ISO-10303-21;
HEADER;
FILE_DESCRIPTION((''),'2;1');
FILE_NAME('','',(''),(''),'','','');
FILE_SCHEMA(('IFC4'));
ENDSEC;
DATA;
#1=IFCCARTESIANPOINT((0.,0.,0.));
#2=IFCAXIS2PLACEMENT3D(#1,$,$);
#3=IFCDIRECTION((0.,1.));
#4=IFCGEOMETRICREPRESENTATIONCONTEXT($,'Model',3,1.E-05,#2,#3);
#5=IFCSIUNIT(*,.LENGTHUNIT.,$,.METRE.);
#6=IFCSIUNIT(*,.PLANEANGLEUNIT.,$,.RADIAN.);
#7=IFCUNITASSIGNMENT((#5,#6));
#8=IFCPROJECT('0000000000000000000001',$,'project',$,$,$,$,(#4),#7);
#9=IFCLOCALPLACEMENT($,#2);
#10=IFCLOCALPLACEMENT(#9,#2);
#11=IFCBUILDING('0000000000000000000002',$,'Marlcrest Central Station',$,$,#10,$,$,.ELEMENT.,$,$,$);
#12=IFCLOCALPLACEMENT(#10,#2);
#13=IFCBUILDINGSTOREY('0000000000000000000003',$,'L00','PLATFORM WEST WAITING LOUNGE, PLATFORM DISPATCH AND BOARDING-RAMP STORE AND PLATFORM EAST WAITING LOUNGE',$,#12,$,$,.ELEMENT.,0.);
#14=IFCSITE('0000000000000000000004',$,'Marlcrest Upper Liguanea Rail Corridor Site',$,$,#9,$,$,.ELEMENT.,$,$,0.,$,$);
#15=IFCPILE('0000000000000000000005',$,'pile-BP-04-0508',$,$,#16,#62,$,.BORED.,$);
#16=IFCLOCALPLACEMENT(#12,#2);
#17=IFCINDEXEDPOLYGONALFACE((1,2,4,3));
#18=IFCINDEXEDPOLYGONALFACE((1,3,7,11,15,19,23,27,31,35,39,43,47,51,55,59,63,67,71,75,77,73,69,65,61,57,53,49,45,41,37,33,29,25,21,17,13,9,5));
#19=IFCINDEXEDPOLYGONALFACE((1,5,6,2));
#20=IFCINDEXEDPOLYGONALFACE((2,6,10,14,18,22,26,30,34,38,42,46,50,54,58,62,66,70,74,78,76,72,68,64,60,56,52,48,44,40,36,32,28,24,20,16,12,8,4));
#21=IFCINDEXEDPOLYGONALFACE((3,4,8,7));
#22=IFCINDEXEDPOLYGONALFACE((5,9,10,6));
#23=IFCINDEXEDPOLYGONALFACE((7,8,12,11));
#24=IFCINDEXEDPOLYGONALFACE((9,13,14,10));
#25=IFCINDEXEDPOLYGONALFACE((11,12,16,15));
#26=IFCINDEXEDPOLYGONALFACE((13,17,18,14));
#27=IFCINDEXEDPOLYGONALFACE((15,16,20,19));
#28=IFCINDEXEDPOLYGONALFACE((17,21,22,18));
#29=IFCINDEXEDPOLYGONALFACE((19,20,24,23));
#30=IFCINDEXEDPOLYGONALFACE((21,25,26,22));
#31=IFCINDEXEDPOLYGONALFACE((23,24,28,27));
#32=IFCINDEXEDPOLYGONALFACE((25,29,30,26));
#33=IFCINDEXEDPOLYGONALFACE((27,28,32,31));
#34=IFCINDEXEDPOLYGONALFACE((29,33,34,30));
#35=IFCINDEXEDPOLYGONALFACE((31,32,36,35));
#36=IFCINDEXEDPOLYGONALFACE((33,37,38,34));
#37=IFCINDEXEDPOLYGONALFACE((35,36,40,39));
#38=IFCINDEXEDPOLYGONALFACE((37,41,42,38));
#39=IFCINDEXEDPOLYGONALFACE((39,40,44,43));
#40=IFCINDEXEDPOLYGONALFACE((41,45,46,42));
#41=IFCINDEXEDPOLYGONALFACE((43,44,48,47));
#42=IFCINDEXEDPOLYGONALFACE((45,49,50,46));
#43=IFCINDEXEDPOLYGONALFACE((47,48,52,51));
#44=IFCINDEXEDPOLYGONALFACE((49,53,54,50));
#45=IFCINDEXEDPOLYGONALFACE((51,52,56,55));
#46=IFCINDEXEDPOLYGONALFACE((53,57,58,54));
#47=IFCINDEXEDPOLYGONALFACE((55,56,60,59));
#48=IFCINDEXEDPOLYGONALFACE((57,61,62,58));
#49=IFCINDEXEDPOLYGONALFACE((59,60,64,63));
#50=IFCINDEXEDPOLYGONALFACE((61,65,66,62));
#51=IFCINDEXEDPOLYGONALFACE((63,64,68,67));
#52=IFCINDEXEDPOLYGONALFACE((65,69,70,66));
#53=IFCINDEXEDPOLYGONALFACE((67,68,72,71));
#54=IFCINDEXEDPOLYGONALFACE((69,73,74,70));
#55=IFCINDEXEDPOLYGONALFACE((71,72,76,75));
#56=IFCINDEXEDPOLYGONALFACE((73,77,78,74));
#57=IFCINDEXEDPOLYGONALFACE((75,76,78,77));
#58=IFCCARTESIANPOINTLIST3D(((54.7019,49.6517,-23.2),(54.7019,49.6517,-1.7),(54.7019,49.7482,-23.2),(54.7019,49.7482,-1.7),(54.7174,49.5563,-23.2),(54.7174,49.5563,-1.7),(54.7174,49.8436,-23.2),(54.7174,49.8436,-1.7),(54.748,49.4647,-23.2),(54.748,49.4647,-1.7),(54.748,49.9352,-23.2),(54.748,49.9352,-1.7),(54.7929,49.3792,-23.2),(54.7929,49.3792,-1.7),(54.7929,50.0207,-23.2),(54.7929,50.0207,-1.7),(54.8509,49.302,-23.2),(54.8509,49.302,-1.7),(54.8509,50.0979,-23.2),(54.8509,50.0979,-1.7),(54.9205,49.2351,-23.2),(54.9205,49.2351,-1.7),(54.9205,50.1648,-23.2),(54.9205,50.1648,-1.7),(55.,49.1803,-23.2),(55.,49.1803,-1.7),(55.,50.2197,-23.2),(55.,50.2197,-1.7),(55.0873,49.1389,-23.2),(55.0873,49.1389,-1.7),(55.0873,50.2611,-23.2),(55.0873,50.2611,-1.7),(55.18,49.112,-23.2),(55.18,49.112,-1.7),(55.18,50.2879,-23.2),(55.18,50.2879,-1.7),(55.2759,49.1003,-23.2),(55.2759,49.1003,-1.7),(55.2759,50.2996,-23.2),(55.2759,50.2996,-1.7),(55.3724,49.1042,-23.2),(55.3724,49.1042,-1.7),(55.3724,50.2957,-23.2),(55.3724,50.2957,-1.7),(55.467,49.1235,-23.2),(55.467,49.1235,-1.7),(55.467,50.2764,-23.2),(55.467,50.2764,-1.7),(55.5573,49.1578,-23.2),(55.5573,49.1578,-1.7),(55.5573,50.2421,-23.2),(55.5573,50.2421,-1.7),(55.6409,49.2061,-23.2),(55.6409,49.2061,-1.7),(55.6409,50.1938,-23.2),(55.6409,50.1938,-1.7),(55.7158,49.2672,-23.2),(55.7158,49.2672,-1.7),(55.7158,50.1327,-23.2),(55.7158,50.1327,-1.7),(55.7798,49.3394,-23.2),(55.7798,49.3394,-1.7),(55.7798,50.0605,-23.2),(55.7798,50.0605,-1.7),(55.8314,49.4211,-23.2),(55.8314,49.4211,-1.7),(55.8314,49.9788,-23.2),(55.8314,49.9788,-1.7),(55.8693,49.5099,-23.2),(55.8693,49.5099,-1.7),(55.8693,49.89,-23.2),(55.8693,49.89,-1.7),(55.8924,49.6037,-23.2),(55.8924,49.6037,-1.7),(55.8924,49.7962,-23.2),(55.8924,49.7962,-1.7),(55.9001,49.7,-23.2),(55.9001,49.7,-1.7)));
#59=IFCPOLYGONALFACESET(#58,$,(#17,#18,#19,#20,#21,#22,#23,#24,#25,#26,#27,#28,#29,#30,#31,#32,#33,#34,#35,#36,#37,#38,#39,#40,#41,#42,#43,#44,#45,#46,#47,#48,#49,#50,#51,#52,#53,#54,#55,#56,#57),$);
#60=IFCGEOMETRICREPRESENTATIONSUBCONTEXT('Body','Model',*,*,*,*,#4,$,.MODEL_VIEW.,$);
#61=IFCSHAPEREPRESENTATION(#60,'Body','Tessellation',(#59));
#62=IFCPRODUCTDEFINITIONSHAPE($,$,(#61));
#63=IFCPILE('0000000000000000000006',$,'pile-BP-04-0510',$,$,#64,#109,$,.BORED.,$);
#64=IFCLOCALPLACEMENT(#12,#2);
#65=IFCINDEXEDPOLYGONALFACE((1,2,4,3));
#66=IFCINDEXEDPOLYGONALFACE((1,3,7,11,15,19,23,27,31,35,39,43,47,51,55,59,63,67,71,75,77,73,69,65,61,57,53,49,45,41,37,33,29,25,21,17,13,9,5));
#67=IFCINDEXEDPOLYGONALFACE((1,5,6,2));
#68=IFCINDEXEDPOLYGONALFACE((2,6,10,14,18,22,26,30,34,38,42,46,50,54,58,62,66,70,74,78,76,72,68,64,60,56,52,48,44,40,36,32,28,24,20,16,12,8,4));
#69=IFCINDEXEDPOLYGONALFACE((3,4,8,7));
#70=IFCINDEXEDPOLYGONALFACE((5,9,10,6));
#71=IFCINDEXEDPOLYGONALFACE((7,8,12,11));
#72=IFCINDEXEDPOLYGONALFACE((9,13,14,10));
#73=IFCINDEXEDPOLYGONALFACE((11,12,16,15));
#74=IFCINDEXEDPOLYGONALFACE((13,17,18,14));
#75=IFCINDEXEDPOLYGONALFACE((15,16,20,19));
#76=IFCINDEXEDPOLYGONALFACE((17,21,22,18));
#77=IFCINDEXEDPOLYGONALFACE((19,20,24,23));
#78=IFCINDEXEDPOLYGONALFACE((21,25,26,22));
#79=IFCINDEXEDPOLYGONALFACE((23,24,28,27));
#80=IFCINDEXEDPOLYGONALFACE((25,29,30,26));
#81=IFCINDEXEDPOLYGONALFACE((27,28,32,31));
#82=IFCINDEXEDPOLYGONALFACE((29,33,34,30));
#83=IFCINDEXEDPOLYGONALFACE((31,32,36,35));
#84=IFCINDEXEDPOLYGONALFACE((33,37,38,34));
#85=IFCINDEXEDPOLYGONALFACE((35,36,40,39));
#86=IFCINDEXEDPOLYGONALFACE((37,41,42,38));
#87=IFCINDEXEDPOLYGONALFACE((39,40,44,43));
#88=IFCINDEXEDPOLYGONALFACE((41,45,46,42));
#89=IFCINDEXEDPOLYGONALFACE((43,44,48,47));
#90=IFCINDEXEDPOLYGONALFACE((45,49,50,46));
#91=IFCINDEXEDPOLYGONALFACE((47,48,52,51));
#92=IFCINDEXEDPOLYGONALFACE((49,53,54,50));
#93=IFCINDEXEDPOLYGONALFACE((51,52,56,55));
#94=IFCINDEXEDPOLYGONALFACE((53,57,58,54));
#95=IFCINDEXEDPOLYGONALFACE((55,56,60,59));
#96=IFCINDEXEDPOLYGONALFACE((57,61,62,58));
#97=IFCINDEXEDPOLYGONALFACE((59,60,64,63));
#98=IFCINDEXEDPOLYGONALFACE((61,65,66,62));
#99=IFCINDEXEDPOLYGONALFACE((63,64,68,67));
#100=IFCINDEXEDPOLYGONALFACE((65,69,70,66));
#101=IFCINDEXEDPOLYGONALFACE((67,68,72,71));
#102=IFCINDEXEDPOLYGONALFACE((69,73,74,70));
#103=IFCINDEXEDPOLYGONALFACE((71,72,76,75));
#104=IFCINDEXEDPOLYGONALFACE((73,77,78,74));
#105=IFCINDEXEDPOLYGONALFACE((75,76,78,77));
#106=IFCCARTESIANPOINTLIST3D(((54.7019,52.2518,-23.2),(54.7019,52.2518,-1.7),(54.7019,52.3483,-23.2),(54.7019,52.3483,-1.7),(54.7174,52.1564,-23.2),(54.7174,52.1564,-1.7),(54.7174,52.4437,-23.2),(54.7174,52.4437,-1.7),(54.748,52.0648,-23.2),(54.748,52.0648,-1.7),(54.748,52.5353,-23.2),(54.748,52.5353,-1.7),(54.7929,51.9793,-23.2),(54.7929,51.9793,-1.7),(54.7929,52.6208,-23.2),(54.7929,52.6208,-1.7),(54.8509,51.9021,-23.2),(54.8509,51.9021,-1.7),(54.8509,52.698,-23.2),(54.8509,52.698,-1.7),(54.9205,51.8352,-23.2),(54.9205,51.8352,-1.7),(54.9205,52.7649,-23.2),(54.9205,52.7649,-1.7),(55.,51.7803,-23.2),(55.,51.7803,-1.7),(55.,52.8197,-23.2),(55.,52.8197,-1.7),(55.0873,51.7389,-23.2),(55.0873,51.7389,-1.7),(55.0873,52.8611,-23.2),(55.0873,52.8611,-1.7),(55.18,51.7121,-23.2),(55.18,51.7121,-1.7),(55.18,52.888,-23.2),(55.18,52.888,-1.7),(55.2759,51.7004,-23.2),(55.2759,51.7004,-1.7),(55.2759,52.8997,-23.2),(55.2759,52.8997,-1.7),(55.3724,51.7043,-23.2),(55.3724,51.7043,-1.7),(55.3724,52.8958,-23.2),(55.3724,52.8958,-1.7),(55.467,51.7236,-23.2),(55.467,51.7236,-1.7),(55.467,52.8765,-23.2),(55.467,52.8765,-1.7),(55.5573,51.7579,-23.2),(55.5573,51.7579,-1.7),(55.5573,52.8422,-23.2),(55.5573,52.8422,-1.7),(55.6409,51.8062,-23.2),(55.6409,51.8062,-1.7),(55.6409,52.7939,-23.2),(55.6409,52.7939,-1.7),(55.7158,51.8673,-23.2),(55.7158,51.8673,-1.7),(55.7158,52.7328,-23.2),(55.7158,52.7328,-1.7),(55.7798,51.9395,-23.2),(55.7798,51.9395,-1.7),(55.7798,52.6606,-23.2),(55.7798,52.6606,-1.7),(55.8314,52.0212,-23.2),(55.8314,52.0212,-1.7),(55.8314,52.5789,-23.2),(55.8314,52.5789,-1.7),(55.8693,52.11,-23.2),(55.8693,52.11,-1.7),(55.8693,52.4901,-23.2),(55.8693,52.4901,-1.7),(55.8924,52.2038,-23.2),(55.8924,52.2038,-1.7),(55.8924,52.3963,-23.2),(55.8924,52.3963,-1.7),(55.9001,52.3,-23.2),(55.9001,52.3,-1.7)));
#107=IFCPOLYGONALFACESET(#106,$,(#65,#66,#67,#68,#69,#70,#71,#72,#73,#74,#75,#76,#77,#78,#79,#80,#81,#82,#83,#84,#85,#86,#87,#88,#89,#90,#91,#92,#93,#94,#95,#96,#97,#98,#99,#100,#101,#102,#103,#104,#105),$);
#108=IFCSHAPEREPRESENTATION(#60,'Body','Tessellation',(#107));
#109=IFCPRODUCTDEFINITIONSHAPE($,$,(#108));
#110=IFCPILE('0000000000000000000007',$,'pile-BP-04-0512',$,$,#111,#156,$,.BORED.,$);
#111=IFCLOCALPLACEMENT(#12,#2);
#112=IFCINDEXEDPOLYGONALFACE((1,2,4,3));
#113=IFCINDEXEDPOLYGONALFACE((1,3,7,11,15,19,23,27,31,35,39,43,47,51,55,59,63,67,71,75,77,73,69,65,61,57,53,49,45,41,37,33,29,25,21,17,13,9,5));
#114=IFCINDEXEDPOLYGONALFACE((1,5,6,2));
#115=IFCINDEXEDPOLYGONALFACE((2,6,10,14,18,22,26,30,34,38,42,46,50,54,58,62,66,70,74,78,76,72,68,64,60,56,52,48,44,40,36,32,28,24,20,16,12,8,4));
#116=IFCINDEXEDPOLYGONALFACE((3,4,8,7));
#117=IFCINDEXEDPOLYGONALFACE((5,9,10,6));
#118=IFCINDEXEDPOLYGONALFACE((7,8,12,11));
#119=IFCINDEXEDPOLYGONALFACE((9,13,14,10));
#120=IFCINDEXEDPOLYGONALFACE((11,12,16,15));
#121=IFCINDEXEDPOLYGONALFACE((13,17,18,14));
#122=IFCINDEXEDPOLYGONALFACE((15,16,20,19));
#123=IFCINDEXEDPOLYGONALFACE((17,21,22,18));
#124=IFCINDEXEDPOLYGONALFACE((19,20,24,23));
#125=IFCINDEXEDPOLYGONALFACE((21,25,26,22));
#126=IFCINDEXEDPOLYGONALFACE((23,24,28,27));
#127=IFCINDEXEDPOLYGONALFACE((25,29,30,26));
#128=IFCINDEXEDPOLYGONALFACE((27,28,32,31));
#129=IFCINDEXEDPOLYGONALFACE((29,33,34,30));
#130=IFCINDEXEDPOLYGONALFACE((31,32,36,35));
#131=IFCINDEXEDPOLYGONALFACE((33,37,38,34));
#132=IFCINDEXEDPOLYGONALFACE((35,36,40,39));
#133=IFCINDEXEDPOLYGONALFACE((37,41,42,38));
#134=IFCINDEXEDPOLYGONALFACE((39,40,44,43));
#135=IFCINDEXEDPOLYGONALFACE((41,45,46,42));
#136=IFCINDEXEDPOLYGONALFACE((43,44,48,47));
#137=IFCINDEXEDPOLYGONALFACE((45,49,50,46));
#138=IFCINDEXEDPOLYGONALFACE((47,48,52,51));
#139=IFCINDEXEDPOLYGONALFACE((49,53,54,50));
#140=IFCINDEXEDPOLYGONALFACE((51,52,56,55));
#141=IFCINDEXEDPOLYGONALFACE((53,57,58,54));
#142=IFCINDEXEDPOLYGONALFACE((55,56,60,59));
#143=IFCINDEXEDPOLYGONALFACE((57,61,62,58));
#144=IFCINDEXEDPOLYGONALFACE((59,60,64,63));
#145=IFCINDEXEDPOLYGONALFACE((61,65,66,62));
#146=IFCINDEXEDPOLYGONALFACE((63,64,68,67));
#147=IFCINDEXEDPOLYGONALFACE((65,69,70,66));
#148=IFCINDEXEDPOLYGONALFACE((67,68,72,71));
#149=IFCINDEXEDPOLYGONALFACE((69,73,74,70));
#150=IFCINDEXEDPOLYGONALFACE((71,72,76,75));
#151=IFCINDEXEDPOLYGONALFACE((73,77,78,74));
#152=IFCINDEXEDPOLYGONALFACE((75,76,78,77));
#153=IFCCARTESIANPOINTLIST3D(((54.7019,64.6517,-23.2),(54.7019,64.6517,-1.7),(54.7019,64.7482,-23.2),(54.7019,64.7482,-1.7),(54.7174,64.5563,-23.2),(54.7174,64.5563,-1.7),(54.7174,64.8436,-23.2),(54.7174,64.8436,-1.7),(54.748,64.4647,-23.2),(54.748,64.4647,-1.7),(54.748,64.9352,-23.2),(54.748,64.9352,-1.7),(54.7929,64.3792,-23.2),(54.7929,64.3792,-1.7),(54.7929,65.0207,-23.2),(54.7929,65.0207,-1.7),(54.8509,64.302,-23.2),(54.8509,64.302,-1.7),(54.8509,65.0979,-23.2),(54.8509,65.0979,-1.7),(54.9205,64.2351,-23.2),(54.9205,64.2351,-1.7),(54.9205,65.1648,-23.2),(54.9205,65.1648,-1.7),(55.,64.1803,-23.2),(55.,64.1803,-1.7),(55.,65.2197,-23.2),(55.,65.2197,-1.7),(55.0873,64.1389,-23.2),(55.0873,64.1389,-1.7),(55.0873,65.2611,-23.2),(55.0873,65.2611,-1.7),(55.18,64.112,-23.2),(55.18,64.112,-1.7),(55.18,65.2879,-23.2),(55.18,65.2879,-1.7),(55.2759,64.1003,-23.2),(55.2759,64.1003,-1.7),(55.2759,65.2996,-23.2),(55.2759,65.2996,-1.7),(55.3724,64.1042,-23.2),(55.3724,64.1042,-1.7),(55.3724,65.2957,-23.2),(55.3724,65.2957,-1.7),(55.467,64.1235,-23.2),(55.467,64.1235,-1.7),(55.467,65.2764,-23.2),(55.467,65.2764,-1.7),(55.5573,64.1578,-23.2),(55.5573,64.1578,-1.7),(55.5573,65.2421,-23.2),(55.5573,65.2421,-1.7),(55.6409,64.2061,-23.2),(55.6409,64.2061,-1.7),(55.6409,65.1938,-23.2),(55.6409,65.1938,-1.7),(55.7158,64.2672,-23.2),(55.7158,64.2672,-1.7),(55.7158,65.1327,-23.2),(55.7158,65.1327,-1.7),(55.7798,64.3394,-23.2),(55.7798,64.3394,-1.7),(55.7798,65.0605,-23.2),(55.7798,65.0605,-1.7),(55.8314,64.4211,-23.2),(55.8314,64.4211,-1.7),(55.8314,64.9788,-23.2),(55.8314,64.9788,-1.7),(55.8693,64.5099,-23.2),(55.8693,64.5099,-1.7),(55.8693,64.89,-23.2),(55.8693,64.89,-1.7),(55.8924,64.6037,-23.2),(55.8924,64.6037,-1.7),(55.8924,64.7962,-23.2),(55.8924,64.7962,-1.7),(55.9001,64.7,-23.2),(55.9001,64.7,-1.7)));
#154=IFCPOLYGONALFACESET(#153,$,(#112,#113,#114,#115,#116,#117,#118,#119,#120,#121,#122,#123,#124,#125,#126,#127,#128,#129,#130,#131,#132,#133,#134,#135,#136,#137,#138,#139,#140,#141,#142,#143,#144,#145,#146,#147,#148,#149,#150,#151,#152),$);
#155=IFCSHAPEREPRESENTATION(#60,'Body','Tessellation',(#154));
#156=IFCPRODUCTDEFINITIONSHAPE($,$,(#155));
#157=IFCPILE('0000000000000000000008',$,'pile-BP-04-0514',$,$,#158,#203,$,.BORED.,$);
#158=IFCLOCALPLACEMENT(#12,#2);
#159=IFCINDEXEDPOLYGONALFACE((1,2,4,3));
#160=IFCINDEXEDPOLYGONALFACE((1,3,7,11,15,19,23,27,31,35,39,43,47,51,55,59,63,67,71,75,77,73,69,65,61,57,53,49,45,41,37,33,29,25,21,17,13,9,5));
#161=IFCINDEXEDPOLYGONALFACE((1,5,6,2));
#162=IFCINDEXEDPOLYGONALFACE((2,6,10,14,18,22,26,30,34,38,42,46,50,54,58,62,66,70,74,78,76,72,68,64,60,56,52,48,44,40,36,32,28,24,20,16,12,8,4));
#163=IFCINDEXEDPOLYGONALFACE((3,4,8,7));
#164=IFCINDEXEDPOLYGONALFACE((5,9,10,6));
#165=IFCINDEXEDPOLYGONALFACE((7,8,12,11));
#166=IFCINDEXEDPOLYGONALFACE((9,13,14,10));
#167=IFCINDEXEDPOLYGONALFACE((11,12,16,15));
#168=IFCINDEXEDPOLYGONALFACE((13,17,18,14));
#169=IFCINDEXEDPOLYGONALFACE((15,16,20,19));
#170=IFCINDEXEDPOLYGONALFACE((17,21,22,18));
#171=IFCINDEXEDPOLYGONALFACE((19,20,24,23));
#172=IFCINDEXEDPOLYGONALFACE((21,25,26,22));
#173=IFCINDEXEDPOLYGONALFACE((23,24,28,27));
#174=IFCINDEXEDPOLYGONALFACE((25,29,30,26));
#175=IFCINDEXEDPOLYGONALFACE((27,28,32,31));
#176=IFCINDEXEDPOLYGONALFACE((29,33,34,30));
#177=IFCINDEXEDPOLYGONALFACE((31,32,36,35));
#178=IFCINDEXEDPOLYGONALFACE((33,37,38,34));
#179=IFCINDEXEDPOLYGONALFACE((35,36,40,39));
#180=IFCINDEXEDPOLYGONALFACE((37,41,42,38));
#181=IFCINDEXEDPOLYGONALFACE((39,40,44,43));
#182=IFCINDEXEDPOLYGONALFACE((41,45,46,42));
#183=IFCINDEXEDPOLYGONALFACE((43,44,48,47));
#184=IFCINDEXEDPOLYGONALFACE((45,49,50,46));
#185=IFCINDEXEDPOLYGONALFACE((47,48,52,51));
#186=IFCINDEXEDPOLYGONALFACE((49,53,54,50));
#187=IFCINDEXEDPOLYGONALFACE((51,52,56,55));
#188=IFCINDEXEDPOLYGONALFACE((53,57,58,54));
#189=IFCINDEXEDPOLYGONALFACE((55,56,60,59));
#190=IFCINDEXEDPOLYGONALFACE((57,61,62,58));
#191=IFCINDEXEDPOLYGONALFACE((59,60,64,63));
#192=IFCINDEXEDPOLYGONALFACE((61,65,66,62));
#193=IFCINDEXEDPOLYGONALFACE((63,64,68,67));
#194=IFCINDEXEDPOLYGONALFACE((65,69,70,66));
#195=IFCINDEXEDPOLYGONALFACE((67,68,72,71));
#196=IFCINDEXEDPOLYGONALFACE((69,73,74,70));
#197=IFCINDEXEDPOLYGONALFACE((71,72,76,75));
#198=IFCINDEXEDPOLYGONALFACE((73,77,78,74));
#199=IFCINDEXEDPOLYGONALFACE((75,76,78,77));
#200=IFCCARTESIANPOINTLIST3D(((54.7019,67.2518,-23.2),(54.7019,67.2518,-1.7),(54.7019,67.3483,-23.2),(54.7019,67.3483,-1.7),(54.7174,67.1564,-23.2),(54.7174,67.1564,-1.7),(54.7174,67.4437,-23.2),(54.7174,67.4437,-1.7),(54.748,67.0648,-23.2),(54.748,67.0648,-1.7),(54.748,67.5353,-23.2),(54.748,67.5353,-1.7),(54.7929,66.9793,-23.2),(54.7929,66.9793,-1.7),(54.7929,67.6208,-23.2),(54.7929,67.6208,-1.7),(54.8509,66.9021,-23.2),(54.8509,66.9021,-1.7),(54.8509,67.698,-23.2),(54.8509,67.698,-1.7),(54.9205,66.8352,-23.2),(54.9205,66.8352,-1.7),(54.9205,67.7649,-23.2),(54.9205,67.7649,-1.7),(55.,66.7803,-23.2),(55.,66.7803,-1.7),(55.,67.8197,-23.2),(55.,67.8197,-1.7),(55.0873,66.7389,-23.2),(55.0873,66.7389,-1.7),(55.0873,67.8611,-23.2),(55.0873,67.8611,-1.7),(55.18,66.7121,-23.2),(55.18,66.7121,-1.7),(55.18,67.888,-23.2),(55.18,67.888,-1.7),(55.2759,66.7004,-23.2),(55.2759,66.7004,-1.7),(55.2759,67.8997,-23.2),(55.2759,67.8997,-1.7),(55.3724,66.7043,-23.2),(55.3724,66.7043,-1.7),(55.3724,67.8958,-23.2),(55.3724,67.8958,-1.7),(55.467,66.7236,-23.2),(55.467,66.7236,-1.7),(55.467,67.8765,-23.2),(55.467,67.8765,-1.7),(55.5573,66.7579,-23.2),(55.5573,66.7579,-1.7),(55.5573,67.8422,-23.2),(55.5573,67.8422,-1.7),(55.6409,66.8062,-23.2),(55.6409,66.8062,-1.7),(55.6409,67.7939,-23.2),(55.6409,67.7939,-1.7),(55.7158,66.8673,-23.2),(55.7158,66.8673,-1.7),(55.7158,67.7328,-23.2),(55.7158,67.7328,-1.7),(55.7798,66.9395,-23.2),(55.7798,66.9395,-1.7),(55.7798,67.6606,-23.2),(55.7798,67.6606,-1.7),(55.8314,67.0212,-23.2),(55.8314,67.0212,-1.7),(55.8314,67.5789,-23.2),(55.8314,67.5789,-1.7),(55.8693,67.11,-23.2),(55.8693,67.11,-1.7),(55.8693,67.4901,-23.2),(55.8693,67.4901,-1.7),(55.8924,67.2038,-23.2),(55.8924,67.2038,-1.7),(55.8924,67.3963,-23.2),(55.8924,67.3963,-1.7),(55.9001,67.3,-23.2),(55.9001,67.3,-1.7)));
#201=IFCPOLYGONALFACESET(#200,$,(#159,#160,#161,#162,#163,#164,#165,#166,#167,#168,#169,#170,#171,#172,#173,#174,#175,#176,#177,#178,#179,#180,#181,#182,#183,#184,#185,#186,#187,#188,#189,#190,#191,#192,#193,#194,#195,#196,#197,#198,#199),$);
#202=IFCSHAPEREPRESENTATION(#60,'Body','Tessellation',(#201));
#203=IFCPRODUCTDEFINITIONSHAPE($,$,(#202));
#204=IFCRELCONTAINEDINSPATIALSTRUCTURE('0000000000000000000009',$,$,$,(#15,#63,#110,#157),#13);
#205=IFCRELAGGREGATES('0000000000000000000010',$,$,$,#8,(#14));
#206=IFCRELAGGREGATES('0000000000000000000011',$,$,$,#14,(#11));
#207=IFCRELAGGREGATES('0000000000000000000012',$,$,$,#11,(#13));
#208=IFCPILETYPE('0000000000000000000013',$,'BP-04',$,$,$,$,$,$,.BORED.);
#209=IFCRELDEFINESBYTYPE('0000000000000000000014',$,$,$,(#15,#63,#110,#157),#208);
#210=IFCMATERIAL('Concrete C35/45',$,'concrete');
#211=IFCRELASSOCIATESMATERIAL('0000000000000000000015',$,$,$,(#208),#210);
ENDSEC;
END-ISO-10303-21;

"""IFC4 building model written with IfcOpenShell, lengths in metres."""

from ifc_helpers import new_model, si_unit, direction, frame, origin, origin_2d, place, context, subcontext, project, spatial, circle, extrude, material, material_profile, profile_set, type_object, element, save


model = new_model("IFC4")

# Units and contexts
model_context = context("Model", 3, precision=1e-05, world=origin(), true_north=direction((0.0, 1.0)))
body_context = subcontext(model_context, "Body", "Model", "MODEL_VIEW")
ifc_project = project(units=[si_unit("LENGTHUNIT", "METRE"), si_unit("PLANEANGLEUNIT", "RADIAN")], contexts=[model_context])

# Site, building, storey
site_placement = place(None, origin())
site = spatial("IfcSite", under=ifc_project, at=site_placement, Name="Marlcrest Upper Liguanea Rail Corridor Site", CompositionType="ELEMENT", RefElevation=0.0)
building_placement = place(site_placement, origin())
building = spatial("IfcBuilding", under=site, at=building_placement, Name="Marlcrest Central Station", CompositionType="ELEMENT")
storey_placement = place(building_placement, origin())
storey = spatial("IfcBuildingStorey", under=building, at=storey_placement, Name="L00", Description="PLATFORM WEST WAITING LOUNGE, PLATFORM DISPATCH AND BOARDING-RAMP STORE AND PLATFORM EAST WAITING LOUNGE", CompositionType="ELEMENT", Elevation=0.0)

# Piles
ifc_material_1 = material(Name="Concrete C35/45", Category="concrete")
ifc_material_profile_1 = material_profile(ifc_material_1, circle(Radius=0.6001, at=origin_2d()), Name="PILE D1200")
ifc_profile_set_1 = profile_set([ifc_material_profile_1], Name="Concrete C35/45")
pile_type = type_object("IfcPileType", Name="BP-04", PredefinedType="BORED", material=ifc_profile_set_1)
for number, where, z_axis, x_axis, name in (
    (1, (55.3, 49.7, -1.7), (0.0, 0.0, -1.0), (1.0, 0.0, 0.0), "pile-BP-04-0508"),
    (2, (55.3, 52.3, -1.7), (0.0, 0.0, -1.0), (1.0, 0.0, 0.0), "pile-BP-04-0510"),
    (3, (55.3, 64.7, -1.7), (0.0, 0.0, -1.0), (1.0, 0.0, 0.0), "pile-BP-04-0512"),
    (4, (55.3, 67.3, -1.7), (0.0, 0.0, -1.0), (1.0, 0.0, 0.0), "pile-BP-04-0514"),
):
    element("IfcPile", number, at=place(storey_placement, frame(where, z_axis=z_axis, x_axis=x_axis)), inside=storey, type_object=pile_type, Name=name, PredefinedType="BORED", context=body_context, shape_type="SweptSolid", body=[
        extrude(circle(Radius=0.6001, at=origin_2d()), origin(), (0.0, 0.0, 1.0), 21.5),
    ])

save(model, "model.ifc")
